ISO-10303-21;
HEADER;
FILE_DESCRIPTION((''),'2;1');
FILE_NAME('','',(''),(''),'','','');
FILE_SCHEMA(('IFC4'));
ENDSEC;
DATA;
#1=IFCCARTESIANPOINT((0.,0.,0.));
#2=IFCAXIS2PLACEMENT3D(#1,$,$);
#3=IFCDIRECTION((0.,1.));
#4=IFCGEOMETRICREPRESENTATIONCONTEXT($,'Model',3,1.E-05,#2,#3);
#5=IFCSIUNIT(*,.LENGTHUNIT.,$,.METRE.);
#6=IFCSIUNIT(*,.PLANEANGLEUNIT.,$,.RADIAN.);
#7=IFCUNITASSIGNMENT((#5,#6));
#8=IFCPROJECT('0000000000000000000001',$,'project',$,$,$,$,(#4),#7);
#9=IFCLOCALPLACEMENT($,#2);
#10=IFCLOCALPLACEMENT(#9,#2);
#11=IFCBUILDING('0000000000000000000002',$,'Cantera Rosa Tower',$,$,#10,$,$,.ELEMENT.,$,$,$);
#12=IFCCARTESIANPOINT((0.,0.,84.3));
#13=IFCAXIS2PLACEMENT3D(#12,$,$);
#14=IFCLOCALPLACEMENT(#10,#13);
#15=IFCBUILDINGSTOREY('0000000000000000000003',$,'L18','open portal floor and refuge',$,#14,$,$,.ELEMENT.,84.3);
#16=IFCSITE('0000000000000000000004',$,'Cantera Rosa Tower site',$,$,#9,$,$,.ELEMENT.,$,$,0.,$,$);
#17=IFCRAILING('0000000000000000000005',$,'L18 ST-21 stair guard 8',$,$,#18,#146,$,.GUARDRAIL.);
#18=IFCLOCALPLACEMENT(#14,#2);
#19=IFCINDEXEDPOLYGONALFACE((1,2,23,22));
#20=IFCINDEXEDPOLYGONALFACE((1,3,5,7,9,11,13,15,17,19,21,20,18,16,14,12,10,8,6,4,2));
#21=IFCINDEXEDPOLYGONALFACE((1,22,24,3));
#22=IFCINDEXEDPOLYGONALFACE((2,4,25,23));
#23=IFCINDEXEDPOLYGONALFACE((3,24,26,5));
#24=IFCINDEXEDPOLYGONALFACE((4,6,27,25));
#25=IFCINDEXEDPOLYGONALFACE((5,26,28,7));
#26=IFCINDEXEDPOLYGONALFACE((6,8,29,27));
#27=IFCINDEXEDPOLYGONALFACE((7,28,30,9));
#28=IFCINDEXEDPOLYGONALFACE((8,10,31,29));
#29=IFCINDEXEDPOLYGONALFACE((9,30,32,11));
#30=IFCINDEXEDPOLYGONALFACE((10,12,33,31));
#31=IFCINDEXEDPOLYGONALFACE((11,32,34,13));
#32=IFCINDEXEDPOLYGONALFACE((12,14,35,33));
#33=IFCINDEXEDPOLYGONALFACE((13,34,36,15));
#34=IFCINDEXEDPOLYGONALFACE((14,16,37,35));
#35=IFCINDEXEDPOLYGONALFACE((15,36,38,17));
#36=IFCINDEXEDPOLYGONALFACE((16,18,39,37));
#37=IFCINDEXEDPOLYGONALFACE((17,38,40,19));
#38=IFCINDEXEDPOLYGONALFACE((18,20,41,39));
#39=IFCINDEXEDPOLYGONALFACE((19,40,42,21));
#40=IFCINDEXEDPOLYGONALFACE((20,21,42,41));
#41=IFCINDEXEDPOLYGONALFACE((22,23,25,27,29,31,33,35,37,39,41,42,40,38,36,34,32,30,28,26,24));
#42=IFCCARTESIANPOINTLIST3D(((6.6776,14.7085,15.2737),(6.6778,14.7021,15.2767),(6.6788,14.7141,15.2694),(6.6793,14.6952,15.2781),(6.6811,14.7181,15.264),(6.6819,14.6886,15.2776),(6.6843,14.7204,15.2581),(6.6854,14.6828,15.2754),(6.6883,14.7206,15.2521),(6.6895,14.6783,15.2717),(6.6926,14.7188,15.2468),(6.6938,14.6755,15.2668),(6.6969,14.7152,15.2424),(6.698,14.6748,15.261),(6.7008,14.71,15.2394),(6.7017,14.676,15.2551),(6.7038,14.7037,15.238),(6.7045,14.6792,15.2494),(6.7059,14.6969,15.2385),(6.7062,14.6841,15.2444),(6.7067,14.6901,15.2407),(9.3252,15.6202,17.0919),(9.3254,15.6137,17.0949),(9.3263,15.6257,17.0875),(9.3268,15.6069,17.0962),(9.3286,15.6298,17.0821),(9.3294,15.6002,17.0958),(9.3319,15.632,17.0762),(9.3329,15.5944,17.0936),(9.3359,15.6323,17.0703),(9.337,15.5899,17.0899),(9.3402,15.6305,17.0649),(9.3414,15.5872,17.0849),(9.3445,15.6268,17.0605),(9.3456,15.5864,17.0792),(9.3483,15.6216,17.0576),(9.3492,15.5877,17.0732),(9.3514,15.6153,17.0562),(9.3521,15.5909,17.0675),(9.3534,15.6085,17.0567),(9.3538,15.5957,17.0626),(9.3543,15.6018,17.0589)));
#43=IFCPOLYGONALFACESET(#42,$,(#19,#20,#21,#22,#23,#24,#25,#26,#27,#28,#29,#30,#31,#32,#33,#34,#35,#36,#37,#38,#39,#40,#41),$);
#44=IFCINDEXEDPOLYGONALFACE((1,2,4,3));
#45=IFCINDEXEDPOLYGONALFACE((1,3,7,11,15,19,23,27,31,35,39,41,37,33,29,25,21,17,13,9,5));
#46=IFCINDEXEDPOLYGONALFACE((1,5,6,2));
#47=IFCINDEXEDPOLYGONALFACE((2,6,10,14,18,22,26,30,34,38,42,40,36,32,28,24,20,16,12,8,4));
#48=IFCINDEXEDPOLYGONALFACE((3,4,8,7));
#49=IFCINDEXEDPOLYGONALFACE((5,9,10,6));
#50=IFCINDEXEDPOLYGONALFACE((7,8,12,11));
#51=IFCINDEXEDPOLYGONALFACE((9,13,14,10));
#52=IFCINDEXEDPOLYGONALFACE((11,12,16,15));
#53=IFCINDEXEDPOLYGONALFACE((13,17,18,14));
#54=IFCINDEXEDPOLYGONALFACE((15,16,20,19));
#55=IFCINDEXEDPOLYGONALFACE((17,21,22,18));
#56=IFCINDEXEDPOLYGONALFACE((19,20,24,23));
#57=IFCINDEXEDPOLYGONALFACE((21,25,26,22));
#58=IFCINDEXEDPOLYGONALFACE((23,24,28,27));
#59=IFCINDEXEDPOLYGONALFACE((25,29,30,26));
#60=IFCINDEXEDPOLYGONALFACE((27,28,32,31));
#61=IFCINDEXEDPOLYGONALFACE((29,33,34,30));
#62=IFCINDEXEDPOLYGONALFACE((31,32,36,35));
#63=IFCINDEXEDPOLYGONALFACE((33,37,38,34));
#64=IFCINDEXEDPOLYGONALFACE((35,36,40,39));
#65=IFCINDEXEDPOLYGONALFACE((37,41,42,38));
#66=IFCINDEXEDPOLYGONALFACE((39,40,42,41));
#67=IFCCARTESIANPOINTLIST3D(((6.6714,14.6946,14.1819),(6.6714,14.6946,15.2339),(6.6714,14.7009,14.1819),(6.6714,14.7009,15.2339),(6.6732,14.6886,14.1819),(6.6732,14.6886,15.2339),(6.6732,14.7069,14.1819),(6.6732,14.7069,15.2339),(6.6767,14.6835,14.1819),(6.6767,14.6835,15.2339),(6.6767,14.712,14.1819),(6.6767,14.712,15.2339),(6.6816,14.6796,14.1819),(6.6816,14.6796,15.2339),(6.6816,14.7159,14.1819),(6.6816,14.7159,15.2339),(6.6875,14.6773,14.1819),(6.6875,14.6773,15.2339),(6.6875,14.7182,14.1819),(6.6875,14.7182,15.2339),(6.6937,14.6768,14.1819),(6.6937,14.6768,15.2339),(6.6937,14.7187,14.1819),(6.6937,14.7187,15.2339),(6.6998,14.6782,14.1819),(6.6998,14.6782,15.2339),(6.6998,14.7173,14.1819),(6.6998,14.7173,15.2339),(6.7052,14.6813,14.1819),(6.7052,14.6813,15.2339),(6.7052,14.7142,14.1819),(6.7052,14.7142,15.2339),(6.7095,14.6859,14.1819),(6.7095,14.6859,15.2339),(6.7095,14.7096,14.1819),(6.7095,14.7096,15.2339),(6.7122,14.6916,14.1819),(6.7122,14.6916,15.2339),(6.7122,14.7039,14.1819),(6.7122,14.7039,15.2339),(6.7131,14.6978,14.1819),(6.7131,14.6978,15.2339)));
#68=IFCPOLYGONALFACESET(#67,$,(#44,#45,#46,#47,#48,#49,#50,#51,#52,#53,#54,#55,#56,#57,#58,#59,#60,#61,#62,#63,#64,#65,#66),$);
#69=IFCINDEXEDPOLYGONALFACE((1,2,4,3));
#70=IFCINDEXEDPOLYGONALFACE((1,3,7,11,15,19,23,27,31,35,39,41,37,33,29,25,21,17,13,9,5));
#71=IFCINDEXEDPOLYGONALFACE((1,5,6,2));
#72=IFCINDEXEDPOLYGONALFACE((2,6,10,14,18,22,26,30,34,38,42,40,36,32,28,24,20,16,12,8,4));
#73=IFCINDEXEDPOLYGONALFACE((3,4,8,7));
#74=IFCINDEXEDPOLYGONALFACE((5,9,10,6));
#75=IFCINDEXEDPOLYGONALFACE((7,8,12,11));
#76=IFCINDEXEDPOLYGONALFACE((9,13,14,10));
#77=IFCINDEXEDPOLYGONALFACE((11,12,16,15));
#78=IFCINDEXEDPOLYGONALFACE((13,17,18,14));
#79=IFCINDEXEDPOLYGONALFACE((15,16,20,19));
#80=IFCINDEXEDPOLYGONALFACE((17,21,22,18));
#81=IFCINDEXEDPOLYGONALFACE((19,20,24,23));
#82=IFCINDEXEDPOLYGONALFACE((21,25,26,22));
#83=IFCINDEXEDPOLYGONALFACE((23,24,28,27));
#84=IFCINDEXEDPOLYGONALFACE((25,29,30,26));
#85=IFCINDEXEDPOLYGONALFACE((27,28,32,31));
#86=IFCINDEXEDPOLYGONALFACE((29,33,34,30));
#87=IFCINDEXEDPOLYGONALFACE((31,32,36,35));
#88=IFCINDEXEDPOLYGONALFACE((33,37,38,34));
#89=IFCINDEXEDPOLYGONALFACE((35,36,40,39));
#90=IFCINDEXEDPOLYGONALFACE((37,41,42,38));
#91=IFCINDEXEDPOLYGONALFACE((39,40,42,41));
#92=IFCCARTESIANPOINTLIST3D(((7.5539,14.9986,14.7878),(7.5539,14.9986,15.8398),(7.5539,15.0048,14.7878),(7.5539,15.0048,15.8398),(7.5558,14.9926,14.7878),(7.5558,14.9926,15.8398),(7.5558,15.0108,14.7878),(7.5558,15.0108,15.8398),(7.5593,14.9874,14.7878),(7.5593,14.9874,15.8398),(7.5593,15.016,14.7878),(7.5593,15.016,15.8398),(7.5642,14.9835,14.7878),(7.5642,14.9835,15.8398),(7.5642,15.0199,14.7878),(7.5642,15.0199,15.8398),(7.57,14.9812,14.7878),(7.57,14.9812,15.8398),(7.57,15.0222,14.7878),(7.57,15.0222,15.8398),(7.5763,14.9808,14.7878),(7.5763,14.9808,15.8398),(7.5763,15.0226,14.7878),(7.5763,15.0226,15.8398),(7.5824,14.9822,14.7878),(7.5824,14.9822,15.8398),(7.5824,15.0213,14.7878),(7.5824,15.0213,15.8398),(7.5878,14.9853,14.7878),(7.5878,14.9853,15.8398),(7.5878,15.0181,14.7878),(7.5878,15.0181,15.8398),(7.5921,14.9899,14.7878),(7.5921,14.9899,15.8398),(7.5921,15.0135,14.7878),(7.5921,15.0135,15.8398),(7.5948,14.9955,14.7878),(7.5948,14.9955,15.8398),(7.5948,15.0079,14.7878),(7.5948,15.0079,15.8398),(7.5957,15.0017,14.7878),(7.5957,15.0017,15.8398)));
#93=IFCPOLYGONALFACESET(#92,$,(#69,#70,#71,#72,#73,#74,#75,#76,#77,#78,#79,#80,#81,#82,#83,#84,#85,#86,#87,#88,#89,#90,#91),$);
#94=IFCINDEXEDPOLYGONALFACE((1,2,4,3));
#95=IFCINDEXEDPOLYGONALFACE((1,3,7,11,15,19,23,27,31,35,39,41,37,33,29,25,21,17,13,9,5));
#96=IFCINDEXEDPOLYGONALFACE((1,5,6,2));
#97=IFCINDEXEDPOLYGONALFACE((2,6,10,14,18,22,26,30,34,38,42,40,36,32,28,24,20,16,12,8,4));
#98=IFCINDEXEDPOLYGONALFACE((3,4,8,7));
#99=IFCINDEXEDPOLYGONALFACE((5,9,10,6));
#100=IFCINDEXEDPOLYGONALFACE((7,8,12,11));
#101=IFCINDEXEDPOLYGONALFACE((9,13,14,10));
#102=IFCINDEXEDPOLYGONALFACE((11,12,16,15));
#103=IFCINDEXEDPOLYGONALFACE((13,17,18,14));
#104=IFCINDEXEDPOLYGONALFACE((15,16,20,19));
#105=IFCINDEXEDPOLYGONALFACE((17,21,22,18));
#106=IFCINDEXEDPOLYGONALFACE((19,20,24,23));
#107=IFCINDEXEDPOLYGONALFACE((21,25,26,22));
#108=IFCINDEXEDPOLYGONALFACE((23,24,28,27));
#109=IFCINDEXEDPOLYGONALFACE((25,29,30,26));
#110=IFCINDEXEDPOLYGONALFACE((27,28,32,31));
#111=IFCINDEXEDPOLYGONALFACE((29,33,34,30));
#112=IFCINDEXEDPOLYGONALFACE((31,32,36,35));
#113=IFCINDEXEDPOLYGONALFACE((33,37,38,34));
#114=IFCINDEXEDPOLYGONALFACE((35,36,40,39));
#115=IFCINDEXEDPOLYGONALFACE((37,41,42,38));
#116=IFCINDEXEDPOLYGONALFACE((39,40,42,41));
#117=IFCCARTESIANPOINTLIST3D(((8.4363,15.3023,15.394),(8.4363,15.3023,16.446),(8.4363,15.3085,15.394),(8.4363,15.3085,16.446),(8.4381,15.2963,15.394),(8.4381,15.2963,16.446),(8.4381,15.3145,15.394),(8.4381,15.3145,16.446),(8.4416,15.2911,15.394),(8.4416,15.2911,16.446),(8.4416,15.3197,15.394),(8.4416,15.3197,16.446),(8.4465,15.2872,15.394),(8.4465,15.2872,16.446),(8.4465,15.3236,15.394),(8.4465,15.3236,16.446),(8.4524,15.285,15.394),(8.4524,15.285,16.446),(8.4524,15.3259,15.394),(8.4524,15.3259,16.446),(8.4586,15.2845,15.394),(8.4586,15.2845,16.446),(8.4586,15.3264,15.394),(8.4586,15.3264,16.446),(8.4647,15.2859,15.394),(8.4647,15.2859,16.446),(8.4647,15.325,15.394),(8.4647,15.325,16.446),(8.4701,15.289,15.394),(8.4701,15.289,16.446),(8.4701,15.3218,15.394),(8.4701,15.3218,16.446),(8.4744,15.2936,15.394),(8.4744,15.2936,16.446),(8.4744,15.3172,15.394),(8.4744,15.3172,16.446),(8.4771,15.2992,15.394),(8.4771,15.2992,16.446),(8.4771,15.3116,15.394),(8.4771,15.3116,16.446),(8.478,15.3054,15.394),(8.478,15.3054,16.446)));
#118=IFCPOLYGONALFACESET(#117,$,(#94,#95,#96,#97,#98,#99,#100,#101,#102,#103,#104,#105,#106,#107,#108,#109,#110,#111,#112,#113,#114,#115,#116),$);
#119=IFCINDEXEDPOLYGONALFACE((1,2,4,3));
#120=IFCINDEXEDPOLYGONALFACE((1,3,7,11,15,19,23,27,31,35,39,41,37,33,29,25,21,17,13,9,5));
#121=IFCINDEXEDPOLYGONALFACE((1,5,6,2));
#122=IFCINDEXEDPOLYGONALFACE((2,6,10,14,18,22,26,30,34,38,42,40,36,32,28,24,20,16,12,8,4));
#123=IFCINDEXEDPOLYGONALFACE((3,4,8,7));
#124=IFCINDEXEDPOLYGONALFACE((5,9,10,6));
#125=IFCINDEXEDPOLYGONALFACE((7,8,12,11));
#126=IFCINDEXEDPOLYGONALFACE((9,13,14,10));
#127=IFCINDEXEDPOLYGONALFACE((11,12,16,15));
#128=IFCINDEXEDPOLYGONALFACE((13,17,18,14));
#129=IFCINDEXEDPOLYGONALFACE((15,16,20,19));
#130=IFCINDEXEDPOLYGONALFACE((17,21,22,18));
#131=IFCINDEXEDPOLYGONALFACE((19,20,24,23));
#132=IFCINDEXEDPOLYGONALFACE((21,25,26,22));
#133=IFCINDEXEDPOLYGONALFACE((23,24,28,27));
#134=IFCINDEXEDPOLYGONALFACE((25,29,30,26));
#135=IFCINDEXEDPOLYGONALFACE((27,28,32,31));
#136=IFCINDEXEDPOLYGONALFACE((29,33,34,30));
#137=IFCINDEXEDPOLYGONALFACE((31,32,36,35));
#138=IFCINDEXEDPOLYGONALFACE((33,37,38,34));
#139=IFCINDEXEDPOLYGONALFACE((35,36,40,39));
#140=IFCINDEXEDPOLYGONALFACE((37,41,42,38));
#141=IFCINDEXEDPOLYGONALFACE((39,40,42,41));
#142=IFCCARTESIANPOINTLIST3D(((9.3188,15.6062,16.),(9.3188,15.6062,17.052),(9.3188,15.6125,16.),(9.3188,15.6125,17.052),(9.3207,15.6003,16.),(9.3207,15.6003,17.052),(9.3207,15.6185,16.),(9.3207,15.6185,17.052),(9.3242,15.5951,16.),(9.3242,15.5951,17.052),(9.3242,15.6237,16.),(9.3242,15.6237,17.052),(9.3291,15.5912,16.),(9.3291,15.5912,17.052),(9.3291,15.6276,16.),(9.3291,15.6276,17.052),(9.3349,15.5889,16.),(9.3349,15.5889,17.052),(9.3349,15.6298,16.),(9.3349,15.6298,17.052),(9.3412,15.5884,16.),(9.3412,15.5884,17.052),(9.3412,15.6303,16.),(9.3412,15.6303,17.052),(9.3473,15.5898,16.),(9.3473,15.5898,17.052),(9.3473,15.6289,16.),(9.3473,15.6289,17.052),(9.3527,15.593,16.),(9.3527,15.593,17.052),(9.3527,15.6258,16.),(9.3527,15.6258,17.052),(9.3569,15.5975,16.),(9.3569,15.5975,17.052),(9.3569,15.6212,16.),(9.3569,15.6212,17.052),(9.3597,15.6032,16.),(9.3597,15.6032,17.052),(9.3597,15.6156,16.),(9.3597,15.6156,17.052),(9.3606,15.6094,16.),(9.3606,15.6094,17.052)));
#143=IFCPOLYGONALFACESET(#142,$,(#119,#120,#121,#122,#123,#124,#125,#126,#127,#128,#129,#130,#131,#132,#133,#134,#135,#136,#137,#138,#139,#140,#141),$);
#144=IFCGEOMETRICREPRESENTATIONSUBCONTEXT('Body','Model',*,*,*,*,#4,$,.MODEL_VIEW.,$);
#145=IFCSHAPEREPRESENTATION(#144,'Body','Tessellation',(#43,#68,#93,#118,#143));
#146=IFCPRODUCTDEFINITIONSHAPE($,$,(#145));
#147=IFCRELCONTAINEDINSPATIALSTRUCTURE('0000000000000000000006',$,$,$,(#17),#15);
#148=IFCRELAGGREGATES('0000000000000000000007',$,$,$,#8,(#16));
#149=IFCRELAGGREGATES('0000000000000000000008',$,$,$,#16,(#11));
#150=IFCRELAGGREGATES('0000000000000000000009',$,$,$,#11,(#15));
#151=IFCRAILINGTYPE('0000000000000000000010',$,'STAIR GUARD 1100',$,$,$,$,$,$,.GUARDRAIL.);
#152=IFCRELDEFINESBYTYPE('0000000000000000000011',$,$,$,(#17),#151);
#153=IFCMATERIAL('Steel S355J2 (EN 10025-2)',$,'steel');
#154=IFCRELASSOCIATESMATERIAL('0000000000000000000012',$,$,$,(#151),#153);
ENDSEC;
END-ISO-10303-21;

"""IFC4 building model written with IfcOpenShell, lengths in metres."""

from ifc_helpers import new_model, si_unit, direction, frame, origin, origin_2d, place, context, subcontext, project, spatial, circle, extrude, material, type_object, element, save


model = new_model("IFC4")

# Units and contexts
model_context = context("Model", 3, precision=1e-05, world=origin(), true_north=direction((0.0, 1.0)))
body_context = subcontext(model_context, "Body", "Model", "MODEL_VIEW")
ifc_project = project(units=[si_unit("LENGTHUNIT", "METRE"), si_unit("PLANEANGLEUNIT", "RADIAN")], contexts=[model_context])

# Site, building, storey
site_placement = place(None, origin())
site = spatial("IfcSite", under=ifc_project, at=site_placement, Name="Cantera Rosa Tower site", CompositionType="ELEMENT", RefElevation=0.0)
building_placement = place(site_placement, origin())
building = spatial("IfcBuilding", under=site, at=building_placement, Name="Cantera Rosa Tower", CompositionType="ELEMENT")
storey_placement = place(building_placement, frame((0.0, 0.0, 84.3)))
storey = spatial("IfcBuildingStorey", under=building, at=storey_placement, Name="L18", Description="open portal floor and refuge", CompositionType="ELEMENT", Elevation=84.3)

# Railing
ifc_material_1 = material(Name="Steel S355J2 (EN 10025-2)", Category="steel")
railing_type_1 = type_object("IfcRailingType", Name="STAIR GUARD 1100", PredefinedType="GUARDRAIL", material=ifc_material_1)
railing_1_placement = place(storey_placement, frame((6.6921, 14.6978, 14.1819)))
element("IfcRailing", 1, at=railing_1_placement, inside=storey, type_object=railing_type_1, Name="L18 ST-21 stair guard 8", PredefinedType="GUARDRAIL", context=body_context, shape_type="SweptSolid", body=[
    extrude(circle(Radius=0.0239, at=origin_2d()), frame((0.0, 0.0, 1.0762), z_axis=(0.793007, 0.273062, 0.544589), x_axis=(-0.325577, 0.945516, 0.0)), (0.0, 0.0, 1.0), 3.3386),
    extrude(circle(Radius=0.021, at=origin_2d()), origin(), (0.0, 0.0, 1.0), 1.052),
    extrude(circle(Radius=0.021, at=origin_2d()), frame((0.8826, 0.304, 0.606)), (0.0, 0.0, 1.0), 1.052),
    extrude(circle(Radius=0.021, at=origin_2d()), frame((1.7649, 0.6077, 1.2122)), (0.0, 0.0, 1.0), 1.052),
    extrude(circle(Radius=0.021, at=origin_2d()), frame((2.6475, 0.9116, 1.8181)), (0.0, 0.0, 1.0), 1.052),
])

save(model, "model.ifc")
